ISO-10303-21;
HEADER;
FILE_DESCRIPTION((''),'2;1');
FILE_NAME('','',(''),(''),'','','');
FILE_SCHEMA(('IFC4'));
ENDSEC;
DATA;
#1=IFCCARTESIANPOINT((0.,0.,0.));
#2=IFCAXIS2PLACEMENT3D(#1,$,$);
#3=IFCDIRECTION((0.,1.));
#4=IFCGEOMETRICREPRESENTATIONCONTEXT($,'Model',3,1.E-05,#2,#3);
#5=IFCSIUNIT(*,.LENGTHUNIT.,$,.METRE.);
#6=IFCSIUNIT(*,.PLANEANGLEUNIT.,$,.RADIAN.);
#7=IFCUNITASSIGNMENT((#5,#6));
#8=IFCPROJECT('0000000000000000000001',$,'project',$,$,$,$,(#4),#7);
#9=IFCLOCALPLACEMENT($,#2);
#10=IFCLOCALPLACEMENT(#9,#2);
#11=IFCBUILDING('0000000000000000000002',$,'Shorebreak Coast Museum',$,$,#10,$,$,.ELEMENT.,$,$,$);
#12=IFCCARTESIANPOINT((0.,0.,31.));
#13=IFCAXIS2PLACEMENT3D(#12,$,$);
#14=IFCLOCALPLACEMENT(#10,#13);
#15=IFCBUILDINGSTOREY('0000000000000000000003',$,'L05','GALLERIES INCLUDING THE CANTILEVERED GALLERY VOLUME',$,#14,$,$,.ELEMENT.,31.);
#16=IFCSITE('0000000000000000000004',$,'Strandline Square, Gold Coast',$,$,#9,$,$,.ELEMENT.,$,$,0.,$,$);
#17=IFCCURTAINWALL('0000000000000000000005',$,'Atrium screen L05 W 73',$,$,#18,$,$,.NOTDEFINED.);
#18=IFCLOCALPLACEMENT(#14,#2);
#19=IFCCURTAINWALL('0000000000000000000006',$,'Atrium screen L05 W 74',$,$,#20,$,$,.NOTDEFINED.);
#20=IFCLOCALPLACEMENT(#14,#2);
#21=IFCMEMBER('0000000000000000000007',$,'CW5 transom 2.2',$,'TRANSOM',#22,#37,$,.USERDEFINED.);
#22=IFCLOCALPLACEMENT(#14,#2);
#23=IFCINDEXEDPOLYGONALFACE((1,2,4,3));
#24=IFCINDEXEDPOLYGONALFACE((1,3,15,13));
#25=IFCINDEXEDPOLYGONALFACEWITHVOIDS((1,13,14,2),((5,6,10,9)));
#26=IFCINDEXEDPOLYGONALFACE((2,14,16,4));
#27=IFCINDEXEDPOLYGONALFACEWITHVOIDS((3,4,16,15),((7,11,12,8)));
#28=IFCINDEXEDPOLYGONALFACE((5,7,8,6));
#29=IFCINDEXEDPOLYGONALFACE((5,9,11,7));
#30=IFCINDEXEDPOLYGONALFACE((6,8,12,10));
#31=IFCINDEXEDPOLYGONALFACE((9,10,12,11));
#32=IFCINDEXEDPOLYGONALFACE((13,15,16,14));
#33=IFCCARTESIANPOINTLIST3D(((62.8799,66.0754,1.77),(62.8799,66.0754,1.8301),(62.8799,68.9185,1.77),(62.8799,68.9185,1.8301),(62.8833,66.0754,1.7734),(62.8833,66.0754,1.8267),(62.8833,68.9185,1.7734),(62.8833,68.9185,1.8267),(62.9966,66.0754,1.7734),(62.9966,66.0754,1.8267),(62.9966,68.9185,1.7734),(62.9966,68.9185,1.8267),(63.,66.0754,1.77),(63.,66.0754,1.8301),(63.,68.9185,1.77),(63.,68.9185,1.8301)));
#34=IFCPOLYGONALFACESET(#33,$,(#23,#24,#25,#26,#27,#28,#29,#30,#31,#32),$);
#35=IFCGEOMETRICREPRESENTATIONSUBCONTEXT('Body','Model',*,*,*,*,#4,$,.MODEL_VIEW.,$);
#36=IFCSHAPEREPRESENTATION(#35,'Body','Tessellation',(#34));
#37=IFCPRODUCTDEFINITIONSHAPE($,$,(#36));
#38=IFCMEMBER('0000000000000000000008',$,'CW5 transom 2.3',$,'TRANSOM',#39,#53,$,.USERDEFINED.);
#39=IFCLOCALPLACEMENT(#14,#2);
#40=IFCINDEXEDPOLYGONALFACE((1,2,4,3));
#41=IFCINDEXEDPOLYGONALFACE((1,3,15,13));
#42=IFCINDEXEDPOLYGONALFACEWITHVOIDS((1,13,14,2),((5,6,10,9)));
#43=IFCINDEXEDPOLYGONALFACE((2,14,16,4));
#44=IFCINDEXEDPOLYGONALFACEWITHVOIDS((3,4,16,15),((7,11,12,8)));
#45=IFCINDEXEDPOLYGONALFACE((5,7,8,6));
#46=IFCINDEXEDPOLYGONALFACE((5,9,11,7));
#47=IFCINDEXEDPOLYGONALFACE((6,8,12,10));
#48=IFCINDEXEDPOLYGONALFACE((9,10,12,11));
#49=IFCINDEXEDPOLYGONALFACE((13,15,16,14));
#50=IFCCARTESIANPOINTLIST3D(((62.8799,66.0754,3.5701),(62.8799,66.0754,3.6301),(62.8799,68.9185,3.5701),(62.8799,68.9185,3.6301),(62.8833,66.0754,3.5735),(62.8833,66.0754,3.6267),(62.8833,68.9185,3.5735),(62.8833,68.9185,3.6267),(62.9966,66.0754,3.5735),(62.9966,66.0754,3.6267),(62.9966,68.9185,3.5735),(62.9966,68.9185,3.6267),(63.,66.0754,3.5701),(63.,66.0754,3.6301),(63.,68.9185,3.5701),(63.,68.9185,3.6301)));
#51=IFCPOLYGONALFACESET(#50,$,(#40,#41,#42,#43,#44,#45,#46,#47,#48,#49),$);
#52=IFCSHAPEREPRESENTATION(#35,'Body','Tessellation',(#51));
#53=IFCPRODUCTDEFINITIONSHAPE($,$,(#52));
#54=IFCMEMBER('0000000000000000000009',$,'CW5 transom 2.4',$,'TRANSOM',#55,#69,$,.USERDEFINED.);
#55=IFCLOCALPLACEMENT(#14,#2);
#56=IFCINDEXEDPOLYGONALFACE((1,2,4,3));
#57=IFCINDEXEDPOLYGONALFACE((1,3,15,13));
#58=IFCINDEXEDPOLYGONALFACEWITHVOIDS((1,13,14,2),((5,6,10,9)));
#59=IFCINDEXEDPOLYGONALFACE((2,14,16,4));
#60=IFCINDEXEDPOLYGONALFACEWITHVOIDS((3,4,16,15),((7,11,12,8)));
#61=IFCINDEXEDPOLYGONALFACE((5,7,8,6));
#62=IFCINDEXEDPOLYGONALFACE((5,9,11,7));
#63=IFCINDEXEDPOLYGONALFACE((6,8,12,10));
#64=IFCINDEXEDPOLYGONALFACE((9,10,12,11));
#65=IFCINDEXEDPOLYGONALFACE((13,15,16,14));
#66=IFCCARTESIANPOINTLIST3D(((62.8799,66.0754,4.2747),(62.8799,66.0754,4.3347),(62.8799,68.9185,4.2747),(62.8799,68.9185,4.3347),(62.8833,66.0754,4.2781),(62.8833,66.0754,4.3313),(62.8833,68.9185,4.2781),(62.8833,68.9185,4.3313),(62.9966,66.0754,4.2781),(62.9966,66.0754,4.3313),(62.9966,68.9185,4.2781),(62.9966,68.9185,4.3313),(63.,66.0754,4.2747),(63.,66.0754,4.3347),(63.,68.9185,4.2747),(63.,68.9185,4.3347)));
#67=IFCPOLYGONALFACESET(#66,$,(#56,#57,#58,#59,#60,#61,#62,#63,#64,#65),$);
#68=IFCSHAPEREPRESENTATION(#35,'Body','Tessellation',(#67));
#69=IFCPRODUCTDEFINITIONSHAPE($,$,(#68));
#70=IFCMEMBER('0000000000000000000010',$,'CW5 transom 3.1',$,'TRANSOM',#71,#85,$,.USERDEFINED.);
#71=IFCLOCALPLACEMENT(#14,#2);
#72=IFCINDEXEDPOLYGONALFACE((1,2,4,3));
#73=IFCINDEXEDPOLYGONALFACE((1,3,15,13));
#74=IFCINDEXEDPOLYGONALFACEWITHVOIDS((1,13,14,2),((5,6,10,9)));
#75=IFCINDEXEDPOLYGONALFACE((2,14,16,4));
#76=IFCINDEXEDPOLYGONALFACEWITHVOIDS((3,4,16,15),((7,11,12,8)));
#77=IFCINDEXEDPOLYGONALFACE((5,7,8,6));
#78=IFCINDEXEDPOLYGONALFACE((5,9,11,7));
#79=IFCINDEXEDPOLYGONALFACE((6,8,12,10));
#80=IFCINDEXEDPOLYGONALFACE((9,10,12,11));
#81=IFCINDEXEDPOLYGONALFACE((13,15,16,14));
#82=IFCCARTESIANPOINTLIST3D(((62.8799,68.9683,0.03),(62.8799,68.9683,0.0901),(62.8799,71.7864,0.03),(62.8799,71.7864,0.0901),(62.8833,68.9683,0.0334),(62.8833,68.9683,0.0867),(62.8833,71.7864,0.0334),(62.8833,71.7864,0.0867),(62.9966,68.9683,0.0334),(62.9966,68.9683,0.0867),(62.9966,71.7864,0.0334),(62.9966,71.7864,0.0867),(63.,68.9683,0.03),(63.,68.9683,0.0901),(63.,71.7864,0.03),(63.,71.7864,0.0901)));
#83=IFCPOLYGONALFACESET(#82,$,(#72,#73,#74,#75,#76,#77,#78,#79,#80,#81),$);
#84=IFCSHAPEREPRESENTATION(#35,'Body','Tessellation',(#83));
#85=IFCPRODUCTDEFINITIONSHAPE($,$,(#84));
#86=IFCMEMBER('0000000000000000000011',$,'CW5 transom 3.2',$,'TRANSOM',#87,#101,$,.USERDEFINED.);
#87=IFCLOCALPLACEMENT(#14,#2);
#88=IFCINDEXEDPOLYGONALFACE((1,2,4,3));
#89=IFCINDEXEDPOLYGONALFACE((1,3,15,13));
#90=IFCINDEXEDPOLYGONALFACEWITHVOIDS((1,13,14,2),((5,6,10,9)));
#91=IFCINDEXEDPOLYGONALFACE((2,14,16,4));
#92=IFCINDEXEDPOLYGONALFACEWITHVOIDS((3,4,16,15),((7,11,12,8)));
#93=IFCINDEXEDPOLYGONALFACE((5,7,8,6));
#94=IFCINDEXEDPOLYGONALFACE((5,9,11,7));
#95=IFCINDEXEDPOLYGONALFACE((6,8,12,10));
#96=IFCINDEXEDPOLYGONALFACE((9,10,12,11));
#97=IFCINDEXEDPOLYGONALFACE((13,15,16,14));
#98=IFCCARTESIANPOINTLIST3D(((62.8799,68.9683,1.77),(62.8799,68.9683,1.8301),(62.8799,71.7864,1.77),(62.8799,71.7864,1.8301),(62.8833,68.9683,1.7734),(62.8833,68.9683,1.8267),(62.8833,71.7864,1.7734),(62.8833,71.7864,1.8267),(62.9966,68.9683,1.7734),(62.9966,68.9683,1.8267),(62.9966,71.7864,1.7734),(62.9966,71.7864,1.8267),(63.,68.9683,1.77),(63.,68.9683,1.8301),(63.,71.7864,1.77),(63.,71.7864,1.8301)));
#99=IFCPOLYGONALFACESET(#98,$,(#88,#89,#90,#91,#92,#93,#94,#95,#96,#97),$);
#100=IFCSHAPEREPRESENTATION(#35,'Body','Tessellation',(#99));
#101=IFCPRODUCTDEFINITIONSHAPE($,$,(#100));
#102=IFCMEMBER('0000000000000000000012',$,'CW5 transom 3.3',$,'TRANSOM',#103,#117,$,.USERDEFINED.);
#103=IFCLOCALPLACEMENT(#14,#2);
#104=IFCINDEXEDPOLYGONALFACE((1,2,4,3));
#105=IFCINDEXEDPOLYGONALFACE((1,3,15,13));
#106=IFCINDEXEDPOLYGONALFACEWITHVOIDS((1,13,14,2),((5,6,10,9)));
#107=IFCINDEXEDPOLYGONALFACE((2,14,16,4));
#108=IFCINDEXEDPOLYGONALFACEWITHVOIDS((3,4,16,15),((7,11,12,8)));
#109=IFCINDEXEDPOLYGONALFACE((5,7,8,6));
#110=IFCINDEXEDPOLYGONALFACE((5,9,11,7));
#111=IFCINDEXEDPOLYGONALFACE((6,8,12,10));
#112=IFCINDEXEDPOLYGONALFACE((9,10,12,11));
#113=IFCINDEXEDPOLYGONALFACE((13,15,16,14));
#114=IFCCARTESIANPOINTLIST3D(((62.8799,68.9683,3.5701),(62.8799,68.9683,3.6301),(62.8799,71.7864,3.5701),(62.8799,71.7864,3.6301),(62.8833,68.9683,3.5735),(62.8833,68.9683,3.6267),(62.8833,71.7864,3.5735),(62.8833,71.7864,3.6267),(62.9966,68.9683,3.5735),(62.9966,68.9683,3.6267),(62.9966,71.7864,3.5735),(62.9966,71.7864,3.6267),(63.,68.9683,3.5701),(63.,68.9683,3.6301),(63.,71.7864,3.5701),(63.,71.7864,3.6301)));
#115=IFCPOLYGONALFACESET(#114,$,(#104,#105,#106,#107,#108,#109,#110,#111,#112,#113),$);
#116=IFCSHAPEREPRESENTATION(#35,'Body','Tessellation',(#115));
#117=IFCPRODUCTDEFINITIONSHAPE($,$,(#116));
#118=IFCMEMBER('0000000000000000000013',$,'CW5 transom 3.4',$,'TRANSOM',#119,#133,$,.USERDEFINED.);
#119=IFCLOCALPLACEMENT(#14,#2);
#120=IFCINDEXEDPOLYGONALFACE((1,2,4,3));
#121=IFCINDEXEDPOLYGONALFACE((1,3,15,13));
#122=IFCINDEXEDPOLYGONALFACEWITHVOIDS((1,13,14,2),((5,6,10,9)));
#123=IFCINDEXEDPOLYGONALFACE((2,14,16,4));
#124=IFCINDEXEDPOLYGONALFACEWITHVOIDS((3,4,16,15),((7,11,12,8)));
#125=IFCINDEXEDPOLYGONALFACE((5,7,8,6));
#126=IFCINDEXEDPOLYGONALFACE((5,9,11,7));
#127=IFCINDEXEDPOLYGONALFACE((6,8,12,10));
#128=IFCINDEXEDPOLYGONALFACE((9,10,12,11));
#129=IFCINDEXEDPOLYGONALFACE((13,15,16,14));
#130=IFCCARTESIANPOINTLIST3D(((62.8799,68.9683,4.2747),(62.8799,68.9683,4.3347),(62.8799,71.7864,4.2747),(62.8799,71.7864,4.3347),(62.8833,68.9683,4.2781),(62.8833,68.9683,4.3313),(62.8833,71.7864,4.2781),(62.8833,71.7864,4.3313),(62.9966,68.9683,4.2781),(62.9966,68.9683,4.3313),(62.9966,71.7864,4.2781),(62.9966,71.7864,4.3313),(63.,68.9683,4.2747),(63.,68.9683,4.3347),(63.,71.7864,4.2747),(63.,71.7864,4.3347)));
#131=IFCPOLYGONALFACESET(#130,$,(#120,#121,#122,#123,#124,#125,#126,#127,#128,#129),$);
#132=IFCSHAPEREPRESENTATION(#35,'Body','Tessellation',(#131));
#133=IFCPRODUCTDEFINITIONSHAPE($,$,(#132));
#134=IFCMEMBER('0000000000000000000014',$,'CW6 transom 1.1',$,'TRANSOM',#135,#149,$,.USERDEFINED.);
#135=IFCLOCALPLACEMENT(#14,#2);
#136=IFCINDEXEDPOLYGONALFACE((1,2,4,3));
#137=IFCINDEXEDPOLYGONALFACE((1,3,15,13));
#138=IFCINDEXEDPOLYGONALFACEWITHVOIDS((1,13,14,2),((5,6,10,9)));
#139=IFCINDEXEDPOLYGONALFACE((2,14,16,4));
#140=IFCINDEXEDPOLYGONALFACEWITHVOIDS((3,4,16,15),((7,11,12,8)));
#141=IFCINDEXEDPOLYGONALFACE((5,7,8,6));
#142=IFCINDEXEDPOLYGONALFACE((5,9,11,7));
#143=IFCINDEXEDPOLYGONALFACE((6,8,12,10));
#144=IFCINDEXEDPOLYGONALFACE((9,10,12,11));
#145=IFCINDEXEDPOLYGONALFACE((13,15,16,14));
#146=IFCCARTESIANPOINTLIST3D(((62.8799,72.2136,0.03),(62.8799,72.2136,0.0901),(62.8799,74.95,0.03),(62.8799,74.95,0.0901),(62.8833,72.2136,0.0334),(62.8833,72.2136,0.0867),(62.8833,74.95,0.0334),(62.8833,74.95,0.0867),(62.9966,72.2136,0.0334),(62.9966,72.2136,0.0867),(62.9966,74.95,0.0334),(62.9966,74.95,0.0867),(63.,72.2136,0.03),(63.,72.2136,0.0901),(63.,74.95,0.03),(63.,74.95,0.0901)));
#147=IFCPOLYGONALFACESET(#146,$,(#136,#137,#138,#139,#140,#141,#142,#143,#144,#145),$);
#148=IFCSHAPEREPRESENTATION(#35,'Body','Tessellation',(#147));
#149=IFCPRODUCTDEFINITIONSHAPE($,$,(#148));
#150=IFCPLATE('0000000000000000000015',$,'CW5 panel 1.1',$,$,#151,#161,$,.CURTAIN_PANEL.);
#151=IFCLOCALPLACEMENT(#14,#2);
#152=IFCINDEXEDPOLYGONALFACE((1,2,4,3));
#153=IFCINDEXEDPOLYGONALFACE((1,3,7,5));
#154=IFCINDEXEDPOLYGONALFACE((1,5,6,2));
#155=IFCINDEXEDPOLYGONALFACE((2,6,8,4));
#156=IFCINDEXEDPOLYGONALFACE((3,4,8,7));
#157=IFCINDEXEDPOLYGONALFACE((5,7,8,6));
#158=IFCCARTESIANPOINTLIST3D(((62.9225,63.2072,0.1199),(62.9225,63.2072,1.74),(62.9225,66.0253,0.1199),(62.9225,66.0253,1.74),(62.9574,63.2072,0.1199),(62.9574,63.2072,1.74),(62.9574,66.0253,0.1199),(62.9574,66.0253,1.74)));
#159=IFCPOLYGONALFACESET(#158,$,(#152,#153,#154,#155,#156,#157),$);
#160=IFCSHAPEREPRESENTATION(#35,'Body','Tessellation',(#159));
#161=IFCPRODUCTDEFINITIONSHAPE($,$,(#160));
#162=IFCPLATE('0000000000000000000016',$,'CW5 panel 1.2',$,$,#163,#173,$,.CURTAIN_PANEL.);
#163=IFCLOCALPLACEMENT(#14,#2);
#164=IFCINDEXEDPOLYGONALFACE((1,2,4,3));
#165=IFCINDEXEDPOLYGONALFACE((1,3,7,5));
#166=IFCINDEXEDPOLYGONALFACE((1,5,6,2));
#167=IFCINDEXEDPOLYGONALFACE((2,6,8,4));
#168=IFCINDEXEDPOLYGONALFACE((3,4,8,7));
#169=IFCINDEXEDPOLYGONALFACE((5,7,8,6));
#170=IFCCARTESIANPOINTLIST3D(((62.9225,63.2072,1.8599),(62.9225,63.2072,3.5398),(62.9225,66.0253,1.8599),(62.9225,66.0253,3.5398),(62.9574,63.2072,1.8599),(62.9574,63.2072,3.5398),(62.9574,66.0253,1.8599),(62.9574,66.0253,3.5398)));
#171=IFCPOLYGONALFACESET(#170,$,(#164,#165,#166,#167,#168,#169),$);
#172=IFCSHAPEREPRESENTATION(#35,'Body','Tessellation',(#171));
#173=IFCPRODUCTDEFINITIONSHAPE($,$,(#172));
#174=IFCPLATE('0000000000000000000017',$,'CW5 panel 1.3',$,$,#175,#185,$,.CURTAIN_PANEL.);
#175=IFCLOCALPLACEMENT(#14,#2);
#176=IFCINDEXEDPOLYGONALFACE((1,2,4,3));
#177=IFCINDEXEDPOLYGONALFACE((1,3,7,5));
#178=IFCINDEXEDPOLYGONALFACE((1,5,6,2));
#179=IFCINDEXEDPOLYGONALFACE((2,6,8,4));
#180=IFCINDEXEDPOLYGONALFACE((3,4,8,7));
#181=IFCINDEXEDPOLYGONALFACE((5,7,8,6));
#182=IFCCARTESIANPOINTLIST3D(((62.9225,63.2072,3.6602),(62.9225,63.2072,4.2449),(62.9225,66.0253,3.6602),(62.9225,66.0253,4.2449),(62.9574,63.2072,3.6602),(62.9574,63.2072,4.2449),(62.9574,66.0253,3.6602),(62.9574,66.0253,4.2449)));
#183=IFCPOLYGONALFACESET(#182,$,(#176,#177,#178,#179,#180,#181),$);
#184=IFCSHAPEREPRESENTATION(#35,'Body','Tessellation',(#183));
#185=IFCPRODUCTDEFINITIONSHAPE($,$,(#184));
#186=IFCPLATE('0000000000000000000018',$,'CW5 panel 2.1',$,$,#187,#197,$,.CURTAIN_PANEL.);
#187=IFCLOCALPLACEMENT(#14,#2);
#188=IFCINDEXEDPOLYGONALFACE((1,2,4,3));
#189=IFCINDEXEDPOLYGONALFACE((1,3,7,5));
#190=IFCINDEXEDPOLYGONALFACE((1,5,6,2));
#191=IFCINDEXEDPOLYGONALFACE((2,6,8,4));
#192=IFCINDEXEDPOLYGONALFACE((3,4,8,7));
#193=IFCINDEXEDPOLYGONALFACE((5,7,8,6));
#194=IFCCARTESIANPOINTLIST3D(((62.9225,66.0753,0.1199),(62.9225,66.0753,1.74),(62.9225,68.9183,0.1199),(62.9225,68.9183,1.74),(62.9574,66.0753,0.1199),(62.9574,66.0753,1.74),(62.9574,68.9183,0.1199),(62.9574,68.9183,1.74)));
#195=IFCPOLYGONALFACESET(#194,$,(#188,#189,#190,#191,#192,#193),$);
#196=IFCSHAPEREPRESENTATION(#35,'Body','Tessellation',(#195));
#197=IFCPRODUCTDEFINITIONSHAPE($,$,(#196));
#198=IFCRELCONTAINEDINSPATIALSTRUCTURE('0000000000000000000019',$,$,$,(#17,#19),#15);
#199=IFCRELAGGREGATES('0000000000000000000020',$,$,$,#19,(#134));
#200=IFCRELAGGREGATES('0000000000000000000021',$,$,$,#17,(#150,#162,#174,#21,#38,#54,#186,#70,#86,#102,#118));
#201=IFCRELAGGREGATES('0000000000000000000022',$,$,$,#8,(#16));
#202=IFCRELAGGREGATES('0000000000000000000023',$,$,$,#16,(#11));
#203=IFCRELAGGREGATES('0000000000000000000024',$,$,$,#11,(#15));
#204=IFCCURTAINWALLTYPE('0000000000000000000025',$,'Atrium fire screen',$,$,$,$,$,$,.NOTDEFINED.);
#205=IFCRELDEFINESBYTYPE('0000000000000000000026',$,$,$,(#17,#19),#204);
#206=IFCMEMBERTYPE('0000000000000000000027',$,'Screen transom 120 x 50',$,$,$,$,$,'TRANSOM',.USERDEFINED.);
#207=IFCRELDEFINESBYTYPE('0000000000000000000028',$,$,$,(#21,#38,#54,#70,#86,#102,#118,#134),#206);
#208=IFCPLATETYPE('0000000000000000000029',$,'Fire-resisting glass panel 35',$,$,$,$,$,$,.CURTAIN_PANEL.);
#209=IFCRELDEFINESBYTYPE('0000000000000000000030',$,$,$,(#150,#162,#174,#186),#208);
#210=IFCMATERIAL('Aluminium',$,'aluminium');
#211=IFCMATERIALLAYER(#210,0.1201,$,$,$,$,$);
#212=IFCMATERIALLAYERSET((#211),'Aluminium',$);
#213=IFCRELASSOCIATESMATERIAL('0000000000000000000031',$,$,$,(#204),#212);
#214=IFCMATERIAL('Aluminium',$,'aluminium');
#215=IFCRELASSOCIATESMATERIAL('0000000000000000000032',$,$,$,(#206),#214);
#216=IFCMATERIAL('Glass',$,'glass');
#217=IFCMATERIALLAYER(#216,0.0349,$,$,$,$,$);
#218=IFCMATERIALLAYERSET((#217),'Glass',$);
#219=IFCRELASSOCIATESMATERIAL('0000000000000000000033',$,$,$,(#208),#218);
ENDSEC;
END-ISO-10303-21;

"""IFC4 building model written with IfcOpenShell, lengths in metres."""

from ifc_helpers import new_model, si_unit, direction, frame, origin, origin_2d, place, context, subcontext, project, spatial, rectangle, hollow_rectangle, extrude, material, layer, layer_set, material_profile, profile_set, type_object, element, aggregate, save


model = new_model("IFC4")

# Units and contexts
model_context = context("Model", 3, precision=1e-05, world=origin(), true_north=direction((0.0, 1.0)))
body_context = subcontext(model_context, "Body", "Model", "MODEL_VIEW")
ifc_project = project(units=[si_unit("LENGTHUNIT", "METRE"), si_unit("PLANEANGLEUNIT", "RADIAN")], contexts=[model_context])

# Site, building, storey
site_placement = place(None, origin())
site = spatial("IfcSite", under=ifc_project, at=site_placement, Name="Strandline Square, Gold Coast", CompositionType="ELEMENT", RefElevation=0.0)
building_placement = place(site_placement, origin())
building = spatial("IfcBuilding", under=site, at=building_placement, Name="Shorebreak Coast Museum", CompositionType="ELEMENT")
storey_placement = place(building_placement, frame((0.0, 0.0, 31.0)))
storey = spatial("IfcBuildingStorey", under=building, at=storey_placement, Name="L05", Description="GALLERIES INCLUDING THE CANTILEVERED GALLERY VOLUME", CompositionType="ELEMENT", Elevation=31.0)

# Curtain wall
ifc_material_1 = material(Name="Aluminium", Category="aluminium")
ifc_layer_1 = layer(ifc_material_1, 0.1201)
ifc_layer_set_1 = layer_set([ifc_layer_1], Name="Aluminium")
curtain_wall_type = type_object("IfcCurtainWallType", Name="Atrium fire screen", PredefinedType="NOTDEFINED", material=ifc_layer_set_1)
curtain_wall_1_placement = place(storey_placement, origin())
curtain_wall_1 = element("IfcCurtainWall", 1, at=curtain_wall_1_placement, inside=storey, type_object=curtain_wall_type, Name="Atrium screen L05 W 73", PredefinedType="NOTDEFINED")

# Curtain wall
curtain_wall_2_placement = place(storey_placement, origin())
curtain_wall_2 = element("IfcCurtainWall", 2, at=curtain_wall_2_placement, inside=storey, type_object=curtain_wall_type, Name="Atrium screen L05 W 74", PredefinedType="NOTDEFINED")

# Members
ifc_material_2 = material(Name="Aluminium", Category="aluminium")
ifc_material_profile_1 = material_profile(ifc_material_2, hollow_rectangle(XDim=0.1201, YDim=0.0601, WallThickness=0.0034, at=origin_2d()), Name="AL 60x120 RHS")
ifc_profile_set_1 = profile_set([ifc_material_profile_1], Name="Aluminium")
member_type_1 = type_object("IfcMemberType", Name="Screen transom 120 x 50", ElementType="TRANSOM", PredefinedType="USERDEFINED", material=ifc_profile_set_1)
member_1_placement = place(storey_placement, frame((62.9399, 66.0754, 1.8), z_axis=(0.0, 1.0, 0.0), x_axis=(-1.0, 0.0, 0.0)))
member_1 = element("IfcMember", 3, at=member_1_placement, type_object=member_type_1, Name="CW5 transom 2.2", ObjectType="TRANSOM", PredefinedType="USERDEFINED", context=body_context, shape_type="SweptSolid", body=[
    extrude(hollow_rectangle(XDim=0.1201, YDim=0.0601, WallThickness=0.0034, at=origin_2d()), origin(), (0.0, 0.0, 1.0), 2.843),
])
member_2_placement = place(storey_placement, frame((62.9399, 66.0754, 3.6001), z_axis=(0.0, 1.0, 0.0), x_axis=(-1.0, 0.0, 0.0)))
member_2 = element("IfcMember", 4, at=member_2_placement, type_object=member_type_1, Name="CW5 transom 2.3", ObjectType="TRANSOM", PredefinedType="USERDEFINED", context=body_context, shape_type="SweptSolid", body=[
    extrude(hollow_rectangle(XDim=0.1201, YDim=0.0601, WallThickness=0.0034, at=origin_2d()), origin(), (0.0, 0.0, 1.0), 2.843),
])
member_3_placement = place(storey_placement, frame((62.9399, 66.0754, 4.3047), z_axis=(0.0, 1.0, 0.0), x_axis=(-1.0, 0.0, 0.0)))
member_3 = element("IfcMember", 5, at=member_3_placement, type_object=member_type_1, Name="CW5 transom 2.4", ObjectType="TRANSOM", PredefinedType="USERDEFINED", context=body_context, shape_type="SweptSolid", body=[
    extrude(hollow_rectangle(XDim=0.1201, YDim=0.0601, WallThickness=0.0034, at=origin_2d()), origin(), (0.0, 0.0, 1.0), 2.843),
])
member_4_placement = place(storey_placement, frame((62.9399, 68.9683, 0.0601), z_axis=(0.0, 1.0, 0.0), x_axis=(-1.0, 0.0, 0.0)))
member_4 = element("IfcMember", 6, at=member_4_placement, type_object=member_type_1, Name="CW5 transom 3.1", ObjectType="TRANSOM", PredefinedType="USERDEFINED", context=body_context, shape_type="SweptSolid", body=[
    extrude(hollow_rectangle(XDim=0.1201, YDim=0.0601, WallThickness=0.0034, at=origin_2d()), origin(), (0.0, 0.0, 1.0), 2.8181),
])
member_5_placement = place(storey_placement, frame((62.9399, 68.9683, 1.8), z_axis=(0.0, 1.0, 0.0), x_axis=(-1.0, 0.0, 0.0)))
member_5 = element("IfcMember", 7, at=member_5_placement, type_object=member_type_1, Name="CW5 transom 3.2", ObjectType="TRANSOM", PredefinedType="USERDEFINED", context=body_context, shape_type="SweptSolid", body=[
    extrude(hollow_rectangle(XDim=0.1201, YDim=0.0601, WallThickness=0.0034, at=origin_2d()), origin(), (0.0, 0.0, 1.0), 2.8181),
])
member_6_placement = place(storey_placement, frame((62.9399, 68.9683, 3.6001), z_axis=(0.0, 1.0, 0.0), x_axis=(-1.0, 0.0, 0.0)))
member_6 = element("IfcMember", 8, at=member_6_placement, type_object=member_type_1, Name="CW5 transom 3.3", ObjectType="TRANSOM", PredefinedType="USERDEFINED", context=body_context, shape_type="SweptSolid", body=[
    extrude(hollow_rectangle(XDim=0.1201, YDim=0.0601, WallThickness=0.0034, at=origin_2d()), origin(), (0.0, 0.0, 1.0), 2.8181),
])
member_7_placement = place(storey_placement, frame((62.9399, 68.9683, 4.3047), z_axis=(0.0, 1.0, 0.0), x_axis=(-1.0, 0.0, 0.0)))
member_7 = element("IfcMember", 9, at=member_7_placement, type_object=member_type_1, Name="CW5 transom 3.4", ObjectType="TRANSOM", PredefinedType="USERDEFINED", context=body_context, shape_type="SweptSolid", body=[
    extrude(hollow_rectangle(XDim=0.1201, YDim=0.0601, WallThickness=0.0034, at=origin_2d()), origin(), (0.0, 0.0, 1.0), 2.8181),
])
member_8_placement = place(storey_placement, frame((62.9399, 72.2136, 0.0601), z_axis=(0.0, 1.0, 0.0), x_axis=(-1.0, 0.0, 0.0)))
member_8 = element("IfcMember", 10, at=member_8_placement, type_object=member_type_1, Name="CW6 transom 1.1", ObjectType="TRANSOM", PredefinedType="USERDEFINED", context=body_context, shape_type="SweptSolid", body=[
    extrude(hollow_rectangle(XDim=0.1201, YDim=0.0601, WallThickness=0.0034, at=origin_2d()), origin(), (0.0, 0.0, 1.0), 2.7363),
])
aggregate(curtain_wall_2, [member_8])

# Plates
ifc_material_3 = material(Name="Glass", Category="glass")
ifc_layer_2 = layer(ifc_material_3, 0.0349)
ifc_layer_set_2 = layer_set([ifc_layer_2], Name="Glass")
plate_type = type_object("IfcPlateType", Name="Fire-resisting glass panel 35", PredefinedType="CURTAIN_PANEL", material=ifc_layer_set_2)
plate_1_placement = place(storey_placement, frame((62.9399, 64.6162, 0.1199), z_axis=(0.0, 0.0, 1.0), x_axis=(0.0, 1.0, 0.0)))
plate_1 = element("IfcPlate", 11, at=plate_1_placement, type_object=plate_type, Name="CW5 panel 1.1", PredefinedType="CURTAIN_PANEL", context=body_context, shape_type="SweptSolid", body=[
    extrude(rectangle(XDim=2.8181, YDim=0.0349, at=origin_2d()), origin(), (0.0, 0.0, 1.0), 1.6201),
])
plate_2_placement = place(storey_placement, frame((62.9399, 64.6162, 1.8599), z_axis=(0.0, 0.0, 1.0), x_axis=(0.0, 1.0, 0.0)))
plate_2 = element("IfcPlate", 12, at=plate_2_placement, type_object=plate_type, Name="CW5 panel 1.2", PredefinedType="CURTAIN_PANEL", context=body_context, shape_type="SweptSolid", body=[
    extrude(rectangle(XDim=2.8181, YDim=0.0349, at=origin_2d()), origin(), (0.0, 0.0, 1.0), 1.6799),
])
plate_3_placement = place(storey_placement, frame((62.9399, 64.6162, 3.6602), z_axis=(0.0, 0.0, 1.0), x_axis=(0.0, 1.0, 0.0)))
plate_3 = element("IfcPlate", 13, at=plate_3_placement, type_object=plate_type, Name="CW5 panel 1.3", PredefinedType="CURTAIN_PANEL", context=body_context, shape_type="SweptSolid", body=[
    extrude(rectangle(XDim=2.8181, YDim=0.0349, at=origin_2d()), origin(), (0.0, 0.0, 1.0), 0.5847),
])
plate_4_placement = place(storey_placement, frame((62.9399, 67.4968, 0.1199), z_axis=(0.0, 0.0, 1.0), x_axis=(0.0, 1.0, 0.0)))
plate_4 = element("IfcPlate", 14, at=plate_4_placement, type_object=plate_type, Name="CW5 panel 2.1", PredefinedType="CURTAIN_PANEL", context=body_context, shape_type="SweptSolid", body=[
    extrude(rectangle(XDim=2.843, YDim=0.0349, at=origin_2d()), origin(), (0.0, 0.0, 1.0), 1.6201),
])
aggregate(curtain_wall_1, [plate_1, plate_2, plate_3, member_1, member_2, member_3, plate_4, member_4, member_5, member_6, member_7])

save(model, "model.ifc")
